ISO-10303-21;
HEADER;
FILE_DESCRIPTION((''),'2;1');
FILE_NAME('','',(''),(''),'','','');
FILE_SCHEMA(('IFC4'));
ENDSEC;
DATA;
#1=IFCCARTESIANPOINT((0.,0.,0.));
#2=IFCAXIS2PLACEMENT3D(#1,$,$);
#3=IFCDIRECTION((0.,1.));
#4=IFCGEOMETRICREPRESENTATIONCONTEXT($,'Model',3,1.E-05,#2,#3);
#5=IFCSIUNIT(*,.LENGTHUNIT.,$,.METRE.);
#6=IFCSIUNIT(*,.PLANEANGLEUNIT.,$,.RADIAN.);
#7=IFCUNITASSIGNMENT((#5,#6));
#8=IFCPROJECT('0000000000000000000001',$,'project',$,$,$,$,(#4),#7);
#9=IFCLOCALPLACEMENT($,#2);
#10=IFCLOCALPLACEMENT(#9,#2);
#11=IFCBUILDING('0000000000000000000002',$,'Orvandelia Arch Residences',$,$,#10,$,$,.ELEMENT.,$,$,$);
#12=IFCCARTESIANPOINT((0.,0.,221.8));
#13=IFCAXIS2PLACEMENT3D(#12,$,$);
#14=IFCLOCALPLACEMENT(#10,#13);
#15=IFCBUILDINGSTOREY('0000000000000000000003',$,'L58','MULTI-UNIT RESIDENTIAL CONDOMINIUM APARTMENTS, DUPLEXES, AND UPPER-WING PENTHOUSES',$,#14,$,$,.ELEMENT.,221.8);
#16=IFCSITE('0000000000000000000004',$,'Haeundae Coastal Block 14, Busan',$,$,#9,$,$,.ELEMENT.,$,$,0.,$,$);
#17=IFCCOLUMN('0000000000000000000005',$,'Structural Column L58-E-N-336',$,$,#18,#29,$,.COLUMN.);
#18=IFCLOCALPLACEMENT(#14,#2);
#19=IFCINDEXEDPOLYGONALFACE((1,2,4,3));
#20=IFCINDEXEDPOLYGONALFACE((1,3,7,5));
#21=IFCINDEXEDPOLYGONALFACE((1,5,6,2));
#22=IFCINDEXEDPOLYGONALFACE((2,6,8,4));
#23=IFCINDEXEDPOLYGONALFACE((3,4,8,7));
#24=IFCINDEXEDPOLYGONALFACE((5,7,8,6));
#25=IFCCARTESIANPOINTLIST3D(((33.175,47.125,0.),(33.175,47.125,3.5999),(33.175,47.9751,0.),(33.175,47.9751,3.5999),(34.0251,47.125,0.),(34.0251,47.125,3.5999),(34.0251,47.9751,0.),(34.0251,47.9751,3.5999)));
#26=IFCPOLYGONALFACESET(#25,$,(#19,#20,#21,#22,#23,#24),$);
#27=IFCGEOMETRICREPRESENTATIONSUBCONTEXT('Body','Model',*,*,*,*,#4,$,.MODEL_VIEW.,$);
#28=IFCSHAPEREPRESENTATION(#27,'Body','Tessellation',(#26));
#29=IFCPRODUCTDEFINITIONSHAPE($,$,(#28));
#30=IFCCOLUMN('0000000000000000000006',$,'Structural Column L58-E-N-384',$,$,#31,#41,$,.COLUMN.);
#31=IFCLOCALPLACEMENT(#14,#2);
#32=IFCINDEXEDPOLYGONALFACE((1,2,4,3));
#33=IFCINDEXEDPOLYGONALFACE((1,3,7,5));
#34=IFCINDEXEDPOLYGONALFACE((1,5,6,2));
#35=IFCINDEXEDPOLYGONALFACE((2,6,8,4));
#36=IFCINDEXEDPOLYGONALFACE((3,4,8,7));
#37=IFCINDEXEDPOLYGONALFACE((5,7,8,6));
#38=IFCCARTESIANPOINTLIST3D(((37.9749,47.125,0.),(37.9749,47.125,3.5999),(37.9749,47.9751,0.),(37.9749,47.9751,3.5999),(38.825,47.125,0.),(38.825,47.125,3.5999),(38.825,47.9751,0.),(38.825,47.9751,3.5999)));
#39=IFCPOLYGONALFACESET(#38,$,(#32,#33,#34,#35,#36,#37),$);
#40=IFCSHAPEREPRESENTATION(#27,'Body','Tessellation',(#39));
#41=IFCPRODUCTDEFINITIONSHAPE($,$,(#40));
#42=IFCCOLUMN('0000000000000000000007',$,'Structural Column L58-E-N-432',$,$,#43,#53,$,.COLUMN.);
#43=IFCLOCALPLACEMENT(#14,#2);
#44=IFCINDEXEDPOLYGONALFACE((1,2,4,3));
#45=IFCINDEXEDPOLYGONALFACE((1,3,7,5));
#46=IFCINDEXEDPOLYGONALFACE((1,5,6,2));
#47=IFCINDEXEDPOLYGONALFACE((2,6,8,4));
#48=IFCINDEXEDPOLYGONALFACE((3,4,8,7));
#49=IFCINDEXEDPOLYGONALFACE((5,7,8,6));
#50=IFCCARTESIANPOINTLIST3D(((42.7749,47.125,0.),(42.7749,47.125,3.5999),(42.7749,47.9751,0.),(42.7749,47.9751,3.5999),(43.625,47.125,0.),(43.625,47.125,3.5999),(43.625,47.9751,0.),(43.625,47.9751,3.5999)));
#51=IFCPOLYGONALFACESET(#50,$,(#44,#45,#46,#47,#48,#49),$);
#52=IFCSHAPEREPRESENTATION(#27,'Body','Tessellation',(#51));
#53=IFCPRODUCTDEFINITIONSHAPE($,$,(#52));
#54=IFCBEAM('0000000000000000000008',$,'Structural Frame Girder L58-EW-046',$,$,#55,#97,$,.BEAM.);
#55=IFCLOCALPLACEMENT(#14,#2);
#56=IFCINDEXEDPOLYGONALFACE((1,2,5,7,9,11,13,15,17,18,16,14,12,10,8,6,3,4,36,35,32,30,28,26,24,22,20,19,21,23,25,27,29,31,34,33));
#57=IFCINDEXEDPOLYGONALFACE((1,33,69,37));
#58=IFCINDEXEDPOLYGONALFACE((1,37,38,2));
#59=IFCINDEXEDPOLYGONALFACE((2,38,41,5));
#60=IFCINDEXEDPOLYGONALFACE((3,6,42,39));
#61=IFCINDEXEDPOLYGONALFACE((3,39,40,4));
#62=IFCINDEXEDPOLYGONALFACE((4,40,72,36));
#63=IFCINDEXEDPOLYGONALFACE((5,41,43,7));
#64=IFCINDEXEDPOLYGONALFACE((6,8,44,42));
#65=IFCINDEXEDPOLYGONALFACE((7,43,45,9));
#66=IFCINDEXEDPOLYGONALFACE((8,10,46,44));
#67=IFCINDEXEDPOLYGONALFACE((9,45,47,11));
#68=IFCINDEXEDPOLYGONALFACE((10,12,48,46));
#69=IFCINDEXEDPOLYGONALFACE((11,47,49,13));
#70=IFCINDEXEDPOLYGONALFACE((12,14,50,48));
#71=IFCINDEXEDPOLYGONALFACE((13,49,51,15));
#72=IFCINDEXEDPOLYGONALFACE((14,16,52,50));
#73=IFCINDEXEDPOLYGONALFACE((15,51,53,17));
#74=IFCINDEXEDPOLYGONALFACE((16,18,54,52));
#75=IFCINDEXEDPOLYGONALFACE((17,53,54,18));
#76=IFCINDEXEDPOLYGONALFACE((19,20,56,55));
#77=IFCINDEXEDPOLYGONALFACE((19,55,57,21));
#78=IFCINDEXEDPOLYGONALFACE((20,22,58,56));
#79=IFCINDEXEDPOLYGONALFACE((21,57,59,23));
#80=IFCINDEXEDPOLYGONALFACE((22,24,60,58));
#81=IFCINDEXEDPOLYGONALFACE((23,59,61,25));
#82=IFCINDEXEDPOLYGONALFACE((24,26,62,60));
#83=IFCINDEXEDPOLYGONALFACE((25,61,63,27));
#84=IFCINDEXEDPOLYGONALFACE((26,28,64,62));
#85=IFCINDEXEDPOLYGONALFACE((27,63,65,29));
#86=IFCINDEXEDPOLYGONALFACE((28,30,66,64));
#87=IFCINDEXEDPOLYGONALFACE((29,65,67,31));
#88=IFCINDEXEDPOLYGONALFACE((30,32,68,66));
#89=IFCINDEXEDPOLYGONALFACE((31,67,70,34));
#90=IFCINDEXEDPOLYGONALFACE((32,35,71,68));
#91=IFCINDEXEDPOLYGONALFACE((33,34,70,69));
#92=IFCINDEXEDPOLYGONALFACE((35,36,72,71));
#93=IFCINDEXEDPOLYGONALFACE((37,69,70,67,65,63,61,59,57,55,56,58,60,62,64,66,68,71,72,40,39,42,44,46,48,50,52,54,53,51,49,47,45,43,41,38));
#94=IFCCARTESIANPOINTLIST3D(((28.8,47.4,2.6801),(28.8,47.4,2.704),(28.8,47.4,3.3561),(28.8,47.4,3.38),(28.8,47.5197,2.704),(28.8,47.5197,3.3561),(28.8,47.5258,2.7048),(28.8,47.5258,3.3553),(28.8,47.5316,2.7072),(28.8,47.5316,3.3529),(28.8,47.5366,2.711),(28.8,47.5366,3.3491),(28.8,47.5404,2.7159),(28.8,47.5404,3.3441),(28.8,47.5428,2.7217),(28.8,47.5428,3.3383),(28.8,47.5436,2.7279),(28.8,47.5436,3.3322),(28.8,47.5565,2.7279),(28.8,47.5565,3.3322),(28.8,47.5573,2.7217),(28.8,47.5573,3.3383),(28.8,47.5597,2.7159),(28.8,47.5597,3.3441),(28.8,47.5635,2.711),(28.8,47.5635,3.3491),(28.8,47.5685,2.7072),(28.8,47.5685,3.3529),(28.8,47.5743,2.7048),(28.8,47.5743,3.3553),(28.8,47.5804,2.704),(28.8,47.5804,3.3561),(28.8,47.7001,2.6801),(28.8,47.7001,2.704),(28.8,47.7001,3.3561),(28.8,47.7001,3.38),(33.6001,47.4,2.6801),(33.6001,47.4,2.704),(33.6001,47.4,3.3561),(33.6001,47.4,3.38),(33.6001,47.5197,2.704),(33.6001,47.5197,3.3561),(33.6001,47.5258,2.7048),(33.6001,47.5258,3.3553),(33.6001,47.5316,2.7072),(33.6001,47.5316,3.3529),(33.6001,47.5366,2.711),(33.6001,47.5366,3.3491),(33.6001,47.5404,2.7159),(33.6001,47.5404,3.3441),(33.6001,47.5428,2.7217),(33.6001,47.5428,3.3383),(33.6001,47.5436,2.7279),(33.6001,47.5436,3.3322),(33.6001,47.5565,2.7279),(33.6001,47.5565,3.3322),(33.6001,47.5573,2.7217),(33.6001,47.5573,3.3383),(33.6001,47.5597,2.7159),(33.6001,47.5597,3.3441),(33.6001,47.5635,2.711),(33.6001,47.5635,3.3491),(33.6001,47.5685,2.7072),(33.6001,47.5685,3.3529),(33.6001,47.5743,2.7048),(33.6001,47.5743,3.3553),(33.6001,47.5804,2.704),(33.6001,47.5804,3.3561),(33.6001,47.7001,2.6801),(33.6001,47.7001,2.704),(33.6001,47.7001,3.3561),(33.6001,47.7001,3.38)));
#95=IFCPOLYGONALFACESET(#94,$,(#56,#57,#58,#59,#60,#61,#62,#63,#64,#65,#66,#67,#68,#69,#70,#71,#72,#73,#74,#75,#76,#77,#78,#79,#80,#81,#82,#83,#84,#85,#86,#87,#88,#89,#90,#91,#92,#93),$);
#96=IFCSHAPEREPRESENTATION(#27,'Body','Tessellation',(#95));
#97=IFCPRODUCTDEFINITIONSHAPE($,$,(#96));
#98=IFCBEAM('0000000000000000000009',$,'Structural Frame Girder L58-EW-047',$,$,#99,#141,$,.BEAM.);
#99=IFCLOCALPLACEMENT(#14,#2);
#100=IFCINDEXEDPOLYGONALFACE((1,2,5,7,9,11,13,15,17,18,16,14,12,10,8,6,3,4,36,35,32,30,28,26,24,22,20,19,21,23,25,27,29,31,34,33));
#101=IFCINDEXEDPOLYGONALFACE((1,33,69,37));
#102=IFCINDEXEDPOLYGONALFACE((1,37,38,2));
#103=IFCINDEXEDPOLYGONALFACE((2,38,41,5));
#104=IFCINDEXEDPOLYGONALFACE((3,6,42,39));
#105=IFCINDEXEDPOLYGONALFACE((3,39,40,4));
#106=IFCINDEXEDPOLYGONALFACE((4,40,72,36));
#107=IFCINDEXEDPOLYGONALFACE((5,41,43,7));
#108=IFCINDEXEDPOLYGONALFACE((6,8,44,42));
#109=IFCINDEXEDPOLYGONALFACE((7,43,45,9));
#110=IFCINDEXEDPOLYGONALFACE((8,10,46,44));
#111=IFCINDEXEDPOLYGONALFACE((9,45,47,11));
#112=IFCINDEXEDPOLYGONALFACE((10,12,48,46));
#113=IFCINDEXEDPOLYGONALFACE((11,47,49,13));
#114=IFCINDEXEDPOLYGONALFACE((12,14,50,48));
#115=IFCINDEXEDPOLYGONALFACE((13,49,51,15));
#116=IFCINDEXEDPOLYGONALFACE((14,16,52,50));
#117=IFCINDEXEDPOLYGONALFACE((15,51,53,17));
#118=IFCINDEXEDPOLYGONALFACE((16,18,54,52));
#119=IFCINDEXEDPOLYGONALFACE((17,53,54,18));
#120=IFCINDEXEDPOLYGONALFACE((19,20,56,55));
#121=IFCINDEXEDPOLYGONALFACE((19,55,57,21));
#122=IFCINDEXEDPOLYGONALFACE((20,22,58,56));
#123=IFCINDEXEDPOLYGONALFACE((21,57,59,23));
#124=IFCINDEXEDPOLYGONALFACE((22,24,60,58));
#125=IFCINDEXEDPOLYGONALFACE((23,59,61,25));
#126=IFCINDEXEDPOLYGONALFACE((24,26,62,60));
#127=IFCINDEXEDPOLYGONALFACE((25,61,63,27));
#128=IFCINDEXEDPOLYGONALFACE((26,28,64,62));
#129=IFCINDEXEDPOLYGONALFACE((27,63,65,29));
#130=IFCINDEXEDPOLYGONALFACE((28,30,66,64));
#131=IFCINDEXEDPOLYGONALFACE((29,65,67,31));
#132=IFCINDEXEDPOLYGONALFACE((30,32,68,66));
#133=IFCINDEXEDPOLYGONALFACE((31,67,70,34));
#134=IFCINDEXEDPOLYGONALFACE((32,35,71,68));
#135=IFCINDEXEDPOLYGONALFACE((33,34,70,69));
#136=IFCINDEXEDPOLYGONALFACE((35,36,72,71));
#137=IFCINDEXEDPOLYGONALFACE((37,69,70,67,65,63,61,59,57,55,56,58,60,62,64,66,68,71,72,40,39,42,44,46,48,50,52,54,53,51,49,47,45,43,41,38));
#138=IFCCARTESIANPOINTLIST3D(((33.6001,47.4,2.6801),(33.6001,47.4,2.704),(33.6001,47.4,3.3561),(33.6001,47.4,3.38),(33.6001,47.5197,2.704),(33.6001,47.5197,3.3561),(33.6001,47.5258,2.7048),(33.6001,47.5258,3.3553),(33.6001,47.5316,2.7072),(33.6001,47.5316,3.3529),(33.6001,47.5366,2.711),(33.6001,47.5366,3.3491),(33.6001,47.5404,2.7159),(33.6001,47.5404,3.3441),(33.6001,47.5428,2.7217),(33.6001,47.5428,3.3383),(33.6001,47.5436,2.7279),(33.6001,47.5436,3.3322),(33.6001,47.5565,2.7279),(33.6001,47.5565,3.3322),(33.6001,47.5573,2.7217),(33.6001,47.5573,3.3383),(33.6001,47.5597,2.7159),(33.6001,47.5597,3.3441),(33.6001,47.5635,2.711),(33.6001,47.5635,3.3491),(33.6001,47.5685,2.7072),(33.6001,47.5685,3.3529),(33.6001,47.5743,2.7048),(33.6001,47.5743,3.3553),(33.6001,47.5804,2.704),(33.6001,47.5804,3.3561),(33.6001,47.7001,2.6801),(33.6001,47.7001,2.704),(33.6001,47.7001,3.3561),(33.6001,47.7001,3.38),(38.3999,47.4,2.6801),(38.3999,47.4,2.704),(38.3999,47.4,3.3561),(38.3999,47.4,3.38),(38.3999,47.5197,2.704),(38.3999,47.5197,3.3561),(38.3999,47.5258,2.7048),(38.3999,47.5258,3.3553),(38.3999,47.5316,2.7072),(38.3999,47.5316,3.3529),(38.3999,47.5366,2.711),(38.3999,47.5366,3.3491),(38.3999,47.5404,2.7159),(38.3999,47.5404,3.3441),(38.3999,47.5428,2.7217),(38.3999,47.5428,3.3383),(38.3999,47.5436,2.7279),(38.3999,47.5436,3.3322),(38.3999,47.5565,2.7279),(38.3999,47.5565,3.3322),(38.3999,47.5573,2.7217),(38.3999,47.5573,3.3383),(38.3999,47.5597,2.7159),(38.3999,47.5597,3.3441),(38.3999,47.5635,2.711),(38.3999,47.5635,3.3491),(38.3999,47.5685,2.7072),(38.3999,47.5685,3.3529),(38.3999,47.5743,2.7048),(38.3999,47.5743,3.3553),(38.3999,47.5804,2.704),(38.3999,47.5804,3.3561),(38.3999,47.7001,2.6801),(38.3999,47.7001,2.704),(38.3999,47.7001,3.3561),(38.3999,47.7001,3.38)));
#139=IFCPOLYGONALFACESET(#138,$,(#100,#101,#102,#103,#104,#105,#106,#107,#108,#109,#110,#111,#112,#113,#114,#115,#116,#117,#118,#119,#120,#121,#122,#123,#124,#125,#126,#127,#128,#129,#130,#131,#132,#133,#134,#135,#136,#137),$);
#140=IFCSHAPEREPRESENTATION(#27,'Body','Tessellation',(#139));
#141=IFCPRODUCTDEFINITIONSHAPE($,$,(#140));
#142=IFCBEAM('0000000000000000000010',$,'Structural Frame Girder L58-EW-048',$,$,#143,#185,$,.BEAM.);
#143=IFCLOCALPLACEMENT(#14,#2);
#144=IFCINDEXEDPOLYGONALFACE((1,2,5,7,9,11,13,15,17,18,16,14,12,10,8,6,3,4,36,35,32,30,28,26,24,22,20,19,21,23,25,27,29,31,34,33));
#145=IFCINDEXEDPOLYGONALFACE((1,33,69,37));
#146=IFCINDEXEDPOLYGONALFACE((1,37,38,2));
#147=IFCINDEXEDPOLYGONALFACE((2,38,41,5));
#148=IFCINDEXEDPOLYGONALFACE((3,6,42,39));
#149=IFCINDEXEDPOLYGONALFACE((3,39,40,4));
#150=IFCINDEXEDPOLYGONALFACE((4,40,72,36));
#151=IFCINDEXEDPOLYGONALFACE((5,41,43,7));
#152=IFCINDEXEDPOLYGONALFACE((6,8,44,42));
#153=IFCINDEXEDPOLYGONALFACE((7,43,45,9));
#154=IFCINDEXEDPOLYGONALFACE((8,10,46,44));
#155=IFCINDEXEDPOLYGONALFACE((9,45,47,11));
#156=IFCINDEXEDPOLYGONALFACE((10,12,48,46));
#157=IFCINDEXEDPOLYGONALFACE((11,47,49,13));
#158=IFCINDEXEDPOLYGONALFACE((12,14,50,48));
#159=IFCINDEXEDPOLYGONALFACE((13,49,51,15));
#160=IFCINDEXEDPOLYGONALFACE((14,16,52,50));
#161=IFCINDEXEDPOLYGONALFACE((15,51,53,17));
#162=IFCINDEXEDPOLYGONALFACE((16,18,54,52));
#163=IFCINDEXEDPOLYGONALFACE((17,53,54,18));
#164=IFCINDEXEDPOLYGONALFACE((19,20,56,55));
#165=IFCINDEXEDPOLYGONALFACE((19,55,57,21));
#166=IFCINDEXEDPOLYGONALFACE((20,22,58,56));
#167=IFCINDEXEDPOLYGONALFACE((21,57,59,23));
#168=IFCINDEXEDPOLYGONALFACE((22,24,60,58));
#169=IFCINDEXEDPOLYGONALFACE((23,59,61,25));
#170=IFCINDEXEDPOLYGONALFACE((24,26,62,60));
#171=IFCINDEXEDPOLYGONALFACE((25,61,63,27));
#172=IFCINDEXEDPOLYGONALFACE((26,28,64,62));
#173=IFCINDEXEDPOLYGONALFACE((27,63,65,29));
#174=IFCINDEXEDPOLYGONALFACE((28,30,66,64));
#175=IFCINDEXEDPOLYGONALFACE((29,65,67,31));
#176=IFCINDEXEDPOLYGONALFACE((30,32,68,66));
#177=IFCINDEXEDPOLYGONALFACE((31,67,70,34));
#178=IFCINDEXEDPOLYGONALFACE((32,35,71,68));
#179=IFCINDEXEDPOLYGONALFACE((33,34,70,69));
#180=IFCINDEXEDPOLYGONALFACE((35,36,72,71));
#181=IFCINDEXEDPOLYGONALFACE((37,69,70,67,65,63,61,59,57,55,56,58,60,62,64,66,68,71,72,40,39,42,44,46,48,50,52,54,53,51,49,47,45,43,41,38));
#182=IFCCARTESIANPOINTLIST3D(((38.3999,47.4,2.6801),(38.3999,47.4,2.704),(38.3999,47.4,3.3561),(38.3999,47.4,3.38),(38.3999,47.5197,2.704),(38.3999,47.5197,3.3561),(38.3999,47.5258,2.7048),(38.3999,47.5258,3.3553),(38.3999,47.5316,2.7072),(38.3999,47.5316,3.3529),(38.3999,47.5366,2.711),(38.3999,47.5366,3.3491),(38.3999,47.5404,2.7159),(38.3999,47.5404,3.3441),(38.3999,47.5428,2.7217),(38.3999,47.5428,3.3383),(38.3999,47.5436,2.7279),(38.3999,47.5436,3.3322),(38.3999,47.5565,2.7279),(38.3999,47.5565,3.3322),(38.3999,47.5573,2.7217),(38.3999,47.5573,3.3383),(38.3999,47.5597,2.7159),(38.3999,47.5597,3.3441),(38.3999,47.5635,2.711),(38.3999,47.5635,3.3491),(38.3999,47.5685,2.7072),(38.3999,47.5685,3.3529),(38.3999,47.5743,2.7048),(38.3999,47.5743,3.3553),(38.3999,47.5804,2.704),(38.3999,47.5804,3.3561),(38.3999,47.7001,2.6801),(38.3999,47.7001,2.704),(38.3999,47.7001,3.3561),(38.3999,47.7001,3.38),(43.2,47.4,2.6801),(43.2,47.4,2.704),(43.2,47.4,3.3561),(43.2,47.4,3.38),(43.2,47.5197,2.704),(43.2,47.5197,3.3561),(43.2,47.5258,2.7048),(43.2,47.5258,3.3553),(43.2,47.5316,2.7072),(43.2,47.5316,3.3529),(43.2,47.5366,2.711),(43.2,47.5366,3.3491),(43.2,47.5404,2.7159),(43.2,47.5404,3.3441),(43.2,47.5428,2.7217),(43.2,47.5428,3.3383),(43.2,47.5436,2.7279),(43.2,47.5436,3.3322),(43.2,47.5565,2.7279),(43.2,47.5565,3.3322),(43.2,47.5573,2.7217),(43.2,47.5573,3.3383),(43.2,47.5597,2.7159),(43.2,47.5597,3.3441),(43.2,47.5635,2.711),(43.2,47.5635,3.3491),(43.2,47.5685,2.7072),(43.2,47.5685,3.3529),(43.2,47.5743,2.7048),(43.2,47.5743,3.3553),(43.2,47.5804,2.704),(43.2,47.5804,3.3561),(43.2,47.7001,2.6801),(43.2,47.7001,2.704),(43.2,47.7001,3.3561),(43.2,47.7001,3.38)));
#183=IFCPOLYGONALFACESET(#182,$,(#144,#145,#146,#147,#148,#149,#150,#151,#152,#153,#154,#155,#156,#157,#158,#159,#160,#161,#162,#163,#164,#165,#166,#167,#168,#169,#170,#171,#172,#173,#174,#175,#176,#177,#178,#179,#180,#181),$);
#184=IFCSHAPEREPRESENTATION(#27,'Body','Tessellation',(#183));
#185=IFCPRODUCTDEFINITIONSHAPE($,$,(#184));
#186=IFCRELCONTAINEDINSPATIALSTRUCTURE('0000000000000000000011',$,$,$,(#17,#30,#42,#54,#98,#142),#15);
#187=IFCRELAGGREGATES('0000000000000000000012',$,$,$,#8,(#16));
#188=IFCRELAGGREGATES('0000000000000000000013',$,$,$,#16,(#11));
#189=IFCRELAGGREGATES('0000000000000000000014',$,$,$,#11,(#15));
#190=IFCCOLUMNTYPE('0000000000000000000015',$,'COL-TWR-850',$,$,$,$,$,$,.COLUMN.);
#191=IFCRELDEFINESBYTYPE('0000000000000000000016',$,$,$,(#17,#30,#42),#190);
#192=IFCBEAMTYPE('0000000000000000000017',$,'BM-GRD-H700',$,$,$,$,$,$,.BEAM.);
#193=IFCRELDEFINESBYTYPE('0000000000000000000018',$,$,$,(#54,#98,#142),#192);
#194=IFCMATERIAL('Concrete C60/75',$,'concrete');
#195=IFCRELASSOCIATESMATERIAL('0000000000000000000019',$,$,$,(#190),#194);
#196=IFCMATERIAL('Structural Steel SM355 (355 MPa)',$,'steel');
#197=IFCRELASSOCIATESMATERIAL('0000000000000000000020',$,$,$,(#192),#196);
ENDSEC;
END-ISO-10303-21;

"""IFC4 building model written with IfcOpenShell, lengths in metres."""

from ifc_helpers import new_model, si_unit, direction, frame, origin, origin_2d, place, context, subcontext, project, spatial, rectangle, i_section, extrude, material, material_profile, profile_set, type_object, element, save


model = new_model("IFC4")

# Units and contexts
model_context = context("Model", 3, precision=1e-05, world=origin(), true_north=direction((0.0, 1.0)))
body_context = subcontext(model_context, "Body", "Model", "MODEL_VIEW")
ifc_project = project(units=[si_unit("LENGTHUNIT", "METRE"), si_unit("PLANEANGLEUNIT", "RADIAN")], contexts=[model_context])

# Site, building, storey
site_placement = place(None, origin())
site = spatial("IfcSite", under=ifc_project, at=site_placement, Name="Haeundae Coastal Block 14, Busan", CompositionType="ELEMENT", RefElevation=0.0)
building_placement = place(site_placement, origin())
building = spatial("IfcBuilding", under=site, at=building_placement, Name="Orvandelia Arch Residences", CompositionType="ELEMENT")
storey_placement = place(building_placement, frame((0.0, 0.0, 221.8)))
storey = spatial("IfcBuildingStorey", under=building, at=storey_placement, Name="L58", Description="MULTI-UNIT RESIDENTIAL CONDOMINIUM APARTMENTS, DUPLEXES, AND UPPER-WING PENTHOUSES", CompositionType="ELEMENT", Elevation=221.8)

# Columns
ifc_material_1 = material(Name="Concrete C60/75", Category="concrete")
ifc_material_profile_1 = material_profile(ifc_material_1, rectangle(XDim=0.8501, YDim=0.8501, at=origin_2d()), Name="Concrete C60/75", Category="concrete")
ifc_profile_set_1 = profile_set([ifc_material_profile_1], Name="Concrete C60/75")
column_type = type_object("IfcColumnType", Name="COL-TWR-850", PredefinedType="COLUMN", material=ifc_profile_set_1)
for number, where, z_axis, x_axis, name in (
    (1, (33.6001, 47.55, 0.0), (0.0, 0.0, 1.0), (1.0, 0.0, 0.0), "Structural Column L58-E-N-336"),
    (2, (38.3999, 47.55, 0.0), (0.0, 0.0, 1.0), (1.0, 0.0, 0.0), "Structural Column L58-E-N-384"),
    (3, (43.2, 47.55, 0.0), (0.0, 0.0, 1.0), (1.0, 0.0, 0.0), "Structural Column L58-E-N-432"),
):
    element("IfcColumn", number, at=place(storey_placement, frame(where, z_axis=z_axis, x_axis=x_axis)), inside=storey, type_object=column_type, Name=name, PredefinedType="COLUMN", context=body_context, shape_type="SweptSolid", body=[
        extrude(rectangle(XDim=0.8501, YDim=0.8501, at=origin_2d()), origin(), (0.0, 0.0, 1.0), 3.5999),
    ])

# Beams
ifc_material_2 = material(Name="Structural Steel SM355 (355 MPa)", Category="steel")
ifc_material_profile_2 = material_profile(ifc_material_2, i_section(OverallWidth=0.3, OverallDepth=0.7, WebThickness=0.0129, FlangeThickness=0.0239, FilletRadius=0.0239, at=origin_2d()), Name="Structural Steel SM355 (355 MPa)", Category="steel")
ifc_profile_set_2 = profile_set([ifc_material_profile_2], Name="Structural Steel SM355 (355 MPa)")
beam_type = type_object("IfcBeamType", Name="BM-GRD-H700", PredefinedType="BEAM", material=ifc_profile_set_2)
beam_1_placement = place(storey_placement, frame((28.8, 47.55, 3.03), z_axis=(1.0, 0.0, 0.0), x_axis=(0.0, 1.0, 0.0)))
element("IfcBeam", 4, at=beam_1_placement, inside=storey, type_object=beam_type, Name="Structural Frame Girder L58-EW-046", PredefinedType="BEAM", context=body_context, shape_type="SweptSolid", body=[
    extrude(i_section(OverallWidth=0.3, OverallDepth=0.7, WebThickness=0.0129, FlangeThickness=0.0239, FilletRadius=0.0239, at=origin_2d()), origin(), (0.0, 0.0, 1.0), 4.8),
])
beam_2_placement = place(storey_placement, frame((33.6001, 47.55, 3.03), z_axis=(1.0, 0.0, 0.0), x_axis=(0.0, 1.0, 0.0)))
element("IfcBeam", 5, at=beam_2_placement, inside=storey, type_object=beam_type, Name="Structural Frame Girder L58-EW-047", PredefinedType="BEAM", context=body_context, shape_type="SweptSolid", body=[
    extrude(i_section(OverallWidth=0.3, OverallDepth=0.7, WebThickness=0.0129, FlangeThickness=0.0239, FilletRadius=0.0239, at=origin_2d()), origin(), (0.0, 0.0, 1.0), 4.7998),
])
for number, where, z_axis, x_axis, name in (
    (6, (38.3999, 47.55, 3.03), (1.0, 0.0, 0.0), (0.0, 1.0, 0.0), "Structural Frame Girder L58-EW-048"),
):
    element("IfcBeam", number, at=place(storey_placement, frame(where, z_axis=z_axis, x_axis=x_axis)), inside=storey, type_object=beam_type, Name=name, PredefinedType="BEAM", context=body_context, shape_type="SweptSolid", body=[
        extrude(i_section(OverallWidth=0.3, OverallDepth=0.7, WebThickness=0.0129, FlangeThickness=0.0239, FilletRadius=0.0239, at=origin_2d()), origin(), (0.0, 0.0, 1.0), 4.8),
    ])

save(model, "model.ifc")
